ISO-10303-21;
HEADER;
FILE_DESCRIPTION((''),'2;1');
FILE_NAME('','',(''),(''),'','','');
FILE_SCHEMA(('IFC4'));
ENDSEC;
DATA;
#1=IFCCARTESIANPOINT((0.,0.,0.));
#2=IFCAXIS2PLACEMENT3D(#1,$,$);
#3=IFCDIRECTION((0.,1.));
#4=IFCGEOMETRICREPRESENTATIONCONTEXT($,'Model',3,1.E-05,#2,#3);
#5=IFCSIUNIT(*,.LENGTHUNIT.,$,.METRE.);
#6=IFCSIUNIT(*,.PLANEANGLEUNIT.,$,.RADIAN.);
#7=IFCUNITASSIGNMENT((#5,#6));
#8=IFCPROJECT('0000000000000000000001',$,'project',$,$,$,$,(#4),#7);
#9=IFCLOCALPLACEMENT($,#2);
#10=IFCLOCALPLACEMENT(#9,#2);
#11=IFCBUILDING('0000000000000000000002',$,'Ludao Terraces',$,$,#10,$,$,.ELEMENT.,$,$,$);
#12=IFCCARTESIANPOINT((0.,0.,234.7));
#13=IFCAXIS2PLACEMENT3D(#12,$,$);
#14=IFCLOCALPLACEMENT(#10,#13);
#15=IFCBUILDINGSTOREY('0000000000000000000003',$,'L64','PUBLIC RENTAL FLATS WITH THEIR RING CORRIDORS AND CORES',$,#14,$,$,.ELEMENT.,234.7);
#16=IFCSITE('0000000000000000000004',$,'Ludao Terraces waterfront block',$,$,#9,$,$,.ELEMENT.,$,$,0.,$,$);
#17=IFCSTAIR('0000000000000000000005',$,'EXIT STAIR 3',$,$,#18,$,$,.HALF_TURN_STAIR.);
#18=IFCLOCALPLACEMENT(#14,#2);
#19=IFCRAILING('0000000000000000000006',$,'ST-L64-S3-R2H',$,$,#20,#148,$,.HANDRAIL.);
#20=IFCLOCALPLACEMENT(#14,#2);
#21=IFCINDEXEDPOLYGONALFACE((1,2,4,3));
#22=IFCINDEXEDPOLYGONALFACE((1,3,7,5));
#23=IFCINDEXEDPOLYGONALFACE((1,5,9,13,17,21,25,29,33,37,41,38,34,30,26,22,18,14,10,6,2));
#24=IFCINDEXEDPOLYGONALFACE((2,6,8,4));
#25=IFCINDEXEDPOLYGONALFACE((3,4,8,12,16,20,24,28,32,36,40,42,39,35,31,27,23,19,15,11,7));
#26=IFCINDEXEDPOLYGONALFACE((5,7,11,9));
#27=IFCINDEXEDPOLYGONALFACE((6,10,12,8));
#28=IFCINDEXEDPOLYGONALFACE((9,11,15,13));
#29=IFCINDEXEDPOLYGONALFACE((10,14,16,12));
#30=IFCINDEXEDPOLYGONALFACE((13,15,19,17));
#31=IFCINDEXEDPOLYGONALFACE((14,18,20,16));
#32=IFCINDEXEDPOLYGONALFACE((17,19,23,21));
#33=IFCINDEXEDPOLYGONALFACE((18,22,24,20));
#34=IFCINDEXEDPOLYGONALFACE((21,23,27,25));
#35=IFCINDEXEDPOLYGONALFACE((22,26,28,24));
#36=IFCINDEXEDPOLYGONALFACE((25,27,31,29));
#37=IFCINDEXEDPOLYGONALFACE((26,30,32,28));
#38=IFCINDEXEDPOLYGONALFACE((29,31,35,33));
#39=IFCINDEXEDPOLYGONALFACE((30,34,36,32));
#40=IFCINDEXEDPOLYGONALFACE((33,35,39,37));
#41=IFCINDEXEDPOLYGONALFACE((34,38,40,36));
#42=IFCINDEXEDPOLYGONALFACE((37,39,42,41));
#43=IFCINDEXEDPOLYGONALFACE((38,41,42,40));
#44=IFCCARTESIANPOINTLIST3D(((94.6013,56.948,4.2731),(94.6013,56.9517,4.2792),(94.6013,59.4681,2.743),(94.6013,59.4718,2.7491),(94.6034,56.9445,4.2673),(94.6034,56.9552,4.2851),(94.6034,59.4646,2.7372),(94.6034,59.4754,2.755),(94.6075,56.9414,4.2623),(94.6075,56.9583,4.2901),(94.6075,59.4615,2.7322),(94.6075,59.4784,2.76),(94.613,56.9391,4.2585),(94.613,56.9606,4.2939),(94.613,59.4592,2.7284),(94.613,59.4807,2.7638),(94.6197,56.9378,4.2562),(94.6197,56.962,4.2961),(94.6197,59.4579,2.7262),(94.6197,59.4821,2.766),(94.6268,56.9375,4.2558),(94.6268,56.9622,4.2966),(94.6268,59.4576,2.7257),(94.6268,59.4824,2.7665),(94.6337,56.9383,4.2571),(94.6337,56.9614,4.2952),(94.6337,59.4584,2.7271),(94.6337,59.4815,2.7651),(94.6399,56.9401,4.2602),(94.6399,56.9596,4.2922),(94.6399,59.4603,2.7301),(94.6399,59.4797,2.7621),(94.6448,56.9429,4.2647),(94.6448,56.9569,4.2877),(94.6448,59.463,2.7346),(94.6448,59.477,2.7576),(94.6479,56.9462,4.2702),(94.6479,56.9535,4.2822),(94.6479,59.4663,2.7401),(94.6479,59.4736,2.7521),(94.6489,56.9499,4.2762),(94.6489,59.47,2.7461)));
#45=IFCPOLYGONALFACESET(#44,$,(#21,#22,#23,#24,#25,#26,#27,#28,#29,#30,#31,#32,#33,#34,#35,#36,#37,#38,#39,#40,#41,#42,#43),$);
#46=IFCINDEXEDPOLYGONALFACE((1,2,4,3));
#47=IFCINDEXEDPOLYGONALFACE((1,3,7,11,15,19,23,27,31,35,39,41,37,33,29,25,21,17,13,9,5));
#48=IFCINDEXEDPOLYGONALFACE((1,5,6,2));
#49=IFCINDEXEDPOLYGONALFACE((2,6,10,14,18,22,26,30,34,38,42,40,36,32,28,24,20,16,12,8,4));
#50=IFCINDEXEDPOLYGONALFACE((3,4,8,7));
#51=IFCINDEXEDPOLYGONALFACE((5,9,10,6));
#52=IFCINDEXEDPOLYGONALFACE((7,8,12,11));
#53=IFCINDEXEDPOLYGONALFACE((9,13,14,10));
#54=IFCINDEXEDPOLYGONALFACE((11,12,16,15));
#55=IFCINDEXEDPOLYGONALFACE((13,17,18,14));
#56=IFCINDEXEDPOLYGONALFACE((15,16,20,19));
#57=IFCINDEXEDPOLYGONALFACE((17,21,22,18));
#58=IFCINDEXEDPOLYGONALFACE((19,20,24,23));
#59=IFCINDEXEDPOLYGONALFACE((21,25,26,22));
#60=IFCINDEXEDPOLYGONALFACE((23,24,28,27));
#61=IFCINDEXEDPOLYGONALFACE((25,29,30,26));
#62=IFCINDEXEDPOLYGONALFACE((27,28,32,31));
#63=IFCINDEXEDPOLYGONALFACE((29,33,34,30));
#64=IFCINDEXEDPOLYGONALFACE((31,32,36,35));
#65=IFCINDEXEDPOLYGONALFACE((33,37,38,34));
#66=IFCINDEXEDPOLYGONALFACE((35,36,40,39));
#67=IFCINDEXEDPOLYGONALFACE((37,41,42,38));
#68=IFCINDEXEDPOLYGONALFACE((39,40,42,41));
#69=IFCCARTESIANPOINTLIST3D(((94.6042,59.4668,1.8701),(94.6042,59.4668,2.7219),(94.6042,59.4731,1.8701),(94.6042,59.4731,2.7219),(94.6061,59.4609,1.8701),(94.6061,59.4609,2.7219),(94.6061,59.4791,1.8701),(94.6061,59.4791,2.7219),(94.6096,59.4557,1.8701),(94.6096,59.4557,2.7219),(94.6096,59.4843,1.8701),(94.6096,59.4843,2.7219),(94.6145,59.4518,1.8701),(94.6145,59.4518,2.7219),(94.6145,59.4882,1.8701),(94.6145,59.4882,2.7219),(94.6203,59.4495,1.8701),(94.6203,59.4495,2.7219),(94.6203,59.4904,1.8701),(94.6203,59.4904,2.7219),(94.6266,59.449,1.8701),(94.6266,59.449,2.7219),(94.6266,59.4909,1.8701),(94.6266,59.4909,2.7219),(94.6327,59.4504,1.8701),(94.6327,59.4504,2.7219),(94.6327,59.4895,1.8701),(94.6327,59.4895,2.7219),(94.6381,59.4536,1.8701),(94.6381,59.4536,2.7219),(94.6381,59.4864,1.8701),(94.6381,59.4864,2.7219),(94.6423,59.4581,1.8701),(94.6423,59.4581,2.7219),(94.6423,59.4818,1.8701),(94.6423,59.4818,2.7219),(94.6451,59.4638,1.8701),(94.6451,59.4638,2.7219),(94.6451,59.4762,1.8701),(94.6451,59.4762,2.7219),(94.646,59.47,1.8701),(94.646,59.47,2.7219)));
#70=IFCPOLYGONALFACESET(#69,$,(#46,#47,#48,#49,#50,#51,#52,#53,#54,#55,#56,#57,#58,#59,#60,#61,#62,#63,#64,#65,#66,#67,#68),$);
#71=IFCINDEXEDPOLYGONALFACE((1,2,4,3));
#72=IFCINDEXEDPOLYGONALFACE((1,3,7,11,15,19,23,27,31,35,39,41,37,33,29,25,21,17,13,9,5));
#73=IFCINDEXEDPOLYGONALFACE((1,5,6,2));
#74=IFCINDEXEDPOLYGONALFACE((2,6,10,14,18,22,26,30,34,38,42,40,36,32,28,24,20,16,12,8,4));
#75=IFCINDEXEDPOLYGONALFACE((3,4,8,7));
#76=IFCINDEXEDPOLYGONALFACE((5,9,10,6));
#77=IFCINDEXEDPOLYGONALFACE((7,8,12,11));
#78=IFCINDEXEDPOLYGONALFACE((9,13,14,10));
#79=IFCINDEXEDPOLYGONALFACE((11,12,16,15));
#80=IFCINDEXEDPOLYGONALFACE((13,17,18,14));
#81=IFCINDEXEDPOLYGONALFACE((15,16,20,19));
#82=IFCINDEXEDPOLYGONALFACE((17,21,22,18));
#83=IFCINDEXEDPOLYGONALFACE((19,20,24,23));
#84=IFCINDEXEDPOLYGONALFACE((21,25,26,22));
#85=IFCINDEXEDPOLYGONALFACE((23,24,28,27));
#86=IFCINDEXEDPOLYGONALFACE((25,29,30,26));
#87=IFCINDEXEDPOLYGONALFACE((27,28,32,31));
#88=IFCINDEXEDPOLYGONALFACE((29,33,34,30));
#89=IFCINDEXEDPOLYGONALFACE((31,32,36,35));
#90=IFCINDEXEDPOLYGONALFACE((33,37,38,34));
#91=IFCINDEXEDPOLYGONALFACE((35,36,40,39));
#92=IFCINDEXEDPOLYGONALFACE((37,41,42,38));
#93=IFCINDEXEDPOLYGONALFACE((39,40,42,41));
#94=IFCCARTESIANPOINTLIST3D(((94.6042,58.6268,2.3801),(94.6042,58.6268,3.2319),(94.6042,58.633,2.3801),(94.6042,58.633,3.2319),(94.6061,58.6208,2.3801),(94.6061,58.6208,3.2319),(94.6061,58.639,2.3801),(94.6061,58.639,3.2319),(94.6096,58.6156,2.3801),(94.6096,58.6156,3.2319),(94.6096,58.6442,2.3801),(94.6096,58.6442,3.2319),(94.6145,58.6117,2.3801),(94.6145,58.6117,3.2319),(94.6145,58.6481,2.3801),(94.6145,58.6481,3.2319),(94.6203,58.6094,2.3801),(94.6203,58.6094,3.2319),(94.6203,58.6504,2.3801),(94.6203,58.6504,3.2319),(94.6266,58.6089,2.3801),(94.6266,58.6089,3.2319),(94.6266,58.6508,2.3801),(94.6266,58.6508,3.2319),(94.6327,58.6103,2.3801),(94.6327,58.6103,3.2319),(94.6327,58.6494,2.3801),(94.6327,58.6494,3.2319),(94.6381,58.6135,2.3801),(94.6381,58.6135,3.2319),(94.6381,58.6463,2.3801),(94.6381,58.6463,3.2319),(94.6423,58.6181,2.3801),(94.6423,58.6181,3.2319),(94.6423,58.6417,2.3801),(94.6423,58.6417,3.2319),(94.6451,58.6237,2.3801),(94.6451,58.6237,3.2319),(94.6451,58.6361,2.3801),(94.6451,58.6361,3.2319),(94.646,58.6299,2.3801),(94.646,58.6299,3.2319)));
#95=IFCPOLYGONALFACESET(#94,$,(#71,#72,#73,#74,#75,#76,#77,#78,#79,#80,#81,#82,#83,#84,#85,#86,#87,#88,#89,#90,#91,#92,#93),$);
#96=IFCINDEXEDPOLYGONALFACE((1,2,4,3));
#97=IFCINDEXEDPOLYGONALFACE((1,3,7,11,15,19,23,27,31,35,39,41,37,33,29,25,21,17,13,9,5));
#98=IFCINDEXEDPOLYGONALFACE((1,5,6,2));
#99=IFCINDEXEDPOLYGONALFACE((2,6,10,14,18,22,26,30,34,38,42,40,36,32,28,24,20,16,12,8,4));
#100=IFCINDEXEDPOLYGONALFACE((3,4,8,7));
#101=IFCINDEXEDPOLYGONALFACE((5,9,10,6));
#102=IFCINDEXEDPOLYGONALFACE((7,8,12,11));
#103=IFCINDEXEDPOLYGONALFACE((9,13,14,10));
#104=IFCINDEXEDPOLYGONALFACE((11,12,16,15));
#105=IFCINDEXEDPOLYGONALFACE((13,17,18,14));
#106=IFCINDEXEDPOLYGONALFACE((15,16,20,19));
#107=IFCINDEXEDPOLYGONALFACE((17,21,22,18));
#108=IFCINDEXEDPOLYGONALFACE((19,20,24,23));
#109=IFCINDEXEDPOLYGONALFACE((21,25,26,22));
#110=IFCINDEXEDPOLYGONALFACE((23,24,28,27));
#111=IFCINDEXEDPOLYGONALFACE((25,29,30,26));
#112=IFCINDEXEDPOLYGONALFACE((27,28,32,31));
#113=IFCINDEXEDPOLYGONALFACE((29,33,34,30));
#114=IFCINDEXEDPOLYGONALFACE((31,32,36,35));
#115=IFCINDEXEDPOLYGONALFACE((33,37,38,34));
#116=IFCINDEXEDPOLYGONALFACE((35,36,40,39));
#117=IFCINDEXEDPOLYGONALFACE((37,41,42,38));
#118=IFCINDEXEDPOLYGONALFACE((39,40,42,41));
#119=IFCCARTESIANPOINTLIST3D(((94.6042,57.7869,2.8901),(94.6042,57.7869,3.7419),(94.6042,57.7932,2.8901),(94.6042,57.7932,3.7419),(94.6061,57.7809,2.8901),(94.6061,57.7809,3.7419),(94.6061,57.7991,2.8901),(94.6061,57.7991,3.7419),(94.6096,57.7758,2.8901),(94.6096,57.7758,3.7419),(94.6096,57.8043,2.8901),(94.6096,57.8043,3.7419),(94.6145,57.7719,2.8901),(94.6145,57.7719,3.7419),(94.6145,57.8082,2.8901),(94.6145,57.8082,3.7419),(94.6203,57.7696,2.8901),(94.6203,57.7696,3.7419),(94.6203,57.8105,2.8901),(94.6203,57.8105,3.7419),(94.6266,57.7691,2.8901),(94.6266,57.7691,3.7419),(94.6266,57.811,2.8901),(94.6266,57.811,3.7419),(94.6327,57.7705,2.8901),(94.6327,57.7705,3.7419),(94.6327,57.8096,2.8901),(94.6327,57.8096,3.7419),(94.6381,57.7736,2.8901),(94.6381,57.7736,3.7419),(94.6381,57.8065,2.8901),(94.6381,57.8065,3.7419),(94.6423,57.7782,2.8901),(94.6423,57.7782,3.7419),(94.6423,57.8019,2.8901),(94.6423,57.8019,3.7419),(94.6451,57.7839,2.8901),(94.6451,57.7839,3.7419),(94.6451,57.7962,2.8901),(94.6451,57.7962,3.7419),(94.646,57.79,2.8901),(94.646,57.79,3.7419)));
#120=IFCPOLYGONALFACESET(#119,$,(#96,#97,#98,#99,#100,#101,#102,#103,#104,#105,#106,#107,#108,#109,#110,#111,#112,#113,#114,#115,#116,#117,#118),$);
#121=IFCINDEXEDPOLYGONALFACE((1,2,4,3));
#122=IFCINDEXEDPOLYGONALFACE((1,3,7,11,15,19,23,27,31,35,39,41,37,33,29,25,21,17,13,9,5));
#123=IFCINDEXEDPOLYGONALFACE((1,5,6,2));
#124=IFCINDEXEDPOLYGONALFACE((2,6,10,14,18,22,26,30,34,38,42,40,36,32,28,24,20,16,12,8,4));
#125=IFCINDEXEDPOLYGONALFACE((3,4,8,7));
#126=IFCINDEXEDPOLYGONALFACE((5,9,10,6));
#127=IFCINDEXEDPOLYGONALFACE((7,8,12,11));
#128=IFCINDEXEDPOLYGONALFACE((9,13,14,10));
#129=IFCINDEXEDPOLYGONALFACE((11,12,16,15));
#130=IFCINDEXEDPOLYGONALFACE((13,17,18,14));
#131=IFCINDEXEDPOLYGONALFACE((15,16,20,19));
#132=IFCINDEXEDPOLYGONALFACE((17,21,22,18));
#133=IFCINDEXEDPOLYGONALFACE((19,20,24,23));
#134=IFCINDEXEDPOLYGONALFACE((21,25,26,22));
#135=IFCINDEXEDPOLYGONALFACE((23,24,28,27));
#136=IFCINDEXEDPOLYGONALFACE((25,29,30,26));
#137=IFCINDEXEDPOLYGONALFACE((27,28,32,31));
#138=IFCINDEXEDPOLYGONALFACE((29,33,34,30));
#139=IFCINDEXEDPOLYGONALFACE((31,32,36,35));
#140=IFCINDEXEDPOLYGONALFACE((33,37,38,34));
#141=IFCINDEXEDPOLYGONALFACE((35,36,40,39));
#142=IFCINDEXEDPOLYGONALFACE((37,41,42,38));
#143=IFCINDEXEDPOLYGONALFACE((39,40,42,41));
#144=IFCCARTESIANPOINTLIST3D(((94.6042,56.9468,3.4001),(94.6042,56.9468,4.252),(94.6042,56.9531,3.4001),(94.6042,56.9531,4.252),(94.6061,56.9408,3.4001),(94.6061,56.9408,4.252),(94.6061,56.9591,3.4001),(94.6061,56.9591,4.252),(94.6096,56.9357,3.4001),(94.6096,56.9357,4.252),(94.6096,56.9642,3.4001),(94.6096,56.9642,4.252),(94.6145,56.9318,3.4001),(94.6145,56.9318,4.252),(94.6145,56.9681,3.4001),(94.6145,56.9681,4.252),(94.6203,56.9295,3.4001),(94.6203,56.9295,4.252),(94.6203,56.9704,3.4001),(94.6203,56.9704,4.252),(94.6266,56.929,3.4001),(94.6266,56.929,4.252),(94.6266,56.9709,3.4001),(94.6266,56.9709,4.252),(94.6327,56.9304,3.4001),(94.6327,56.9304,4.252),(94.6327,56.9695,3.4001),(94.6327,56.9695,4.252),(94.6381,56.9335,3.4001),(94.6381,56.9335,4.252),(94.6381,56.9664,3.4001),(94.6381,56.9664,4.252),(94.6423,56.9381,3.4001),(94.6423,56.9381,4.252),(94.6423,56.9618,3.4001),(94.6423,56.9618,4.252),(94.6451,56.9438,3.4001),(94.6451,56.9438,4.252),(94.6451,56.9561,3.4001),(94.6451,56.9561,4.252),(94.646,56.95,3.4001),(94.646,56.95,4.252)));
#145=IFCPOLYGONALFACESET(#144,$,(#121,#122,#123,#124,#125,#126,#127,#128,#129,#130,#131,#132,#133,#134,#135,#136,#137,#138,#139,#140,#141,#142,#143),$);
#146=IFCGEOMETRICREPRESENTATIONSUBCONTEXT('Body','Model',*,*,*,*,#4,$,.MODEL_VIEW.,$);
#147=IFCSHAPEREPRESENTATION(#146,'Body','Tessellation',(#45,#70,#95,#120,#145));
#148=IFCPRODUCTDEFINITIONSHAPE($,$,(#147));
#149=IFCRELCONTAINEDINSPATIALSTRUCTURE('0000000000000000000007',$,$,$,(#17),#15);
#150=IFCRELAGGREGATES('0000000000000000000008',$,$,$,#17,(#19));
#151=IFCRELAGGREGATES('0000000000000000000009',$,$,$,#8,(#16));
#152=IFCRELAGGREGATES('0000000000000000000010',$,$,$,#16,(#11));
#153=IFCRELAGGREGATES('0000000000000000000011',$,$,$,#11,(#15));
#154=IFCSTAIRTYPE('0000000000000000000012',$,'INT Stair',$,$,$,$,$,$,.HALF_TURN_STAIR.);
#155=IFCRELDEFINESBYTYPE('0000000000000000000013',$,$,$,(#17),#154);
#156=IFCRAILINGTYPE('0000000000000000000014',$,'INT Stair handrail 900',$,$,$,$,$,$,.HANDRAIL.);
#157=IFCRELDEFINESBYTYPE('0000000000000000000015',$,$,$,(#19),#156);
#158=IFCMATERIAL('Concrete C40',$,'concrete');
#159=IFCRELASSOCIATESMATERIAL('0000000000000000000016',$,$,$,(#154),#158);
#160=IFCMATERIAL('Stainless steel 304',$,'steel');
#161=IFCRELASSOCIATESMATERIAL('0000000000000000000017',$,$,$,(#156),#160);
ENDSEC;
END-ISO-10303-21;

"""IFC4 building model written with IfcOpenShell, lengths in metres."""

from ifc_helpers import new_model, si_unit, direction, frame, origin, origin_2d, place, context, subcontext, project, spatial, circle, extrude, material, type_object, element, aggregate, save


model = new_model("IFC4")

# Units and contexts
model_context = context("Model", 3, precision=1e-05, world=origin(), true_north=direction((0.0, 1.0)))
body_context = subcontext(model_context, "Body", "Model", "MODEL_VIEW")
ifc_project = project(units=[si_unit("LENGTHUNIT", "METRE"), si_unit("PLANEANGLEUNIT", "RADIAN")], contexts=[model_context])

# Site, building, storey
site_placement = place(None, origin())
site = spatial("IfcSite", under=ifc_project, at=site_placement, Name="Ludao Terraces waterfront block", CompositionType="ELEMENT", RefElevation=0.0)
building_placement = place(site_placement, origin())
building = spatial("IfcBuilding", under=site, at=building_placement, Name="Ludao Terraces", CompositionType="ELEMENT")
storey_placement = place(building_placement, frame((0.0, 0.0, 234.7)))
storey = spatial("IfcBuildingStorey", under=building, at=storey_placement, Name="L64", Description="PUBLIC RENTAL FLATS WITH THEIR RING CORRIDORS AND CORES", CompositionType="ELEMENT", Elevation=234.7)

# Shared definitions
ifc_material_1 = material(Name="Concrete C40", Category="concrete")

# Stair, railing
stair_type = type_object("IfcStairType", Name="INT Stair", PredefinedType="HALF_TURN_STAIR", material=ifc_material_1)
stair_placement = place(storey_placement, origin())
stair = element("IfcStair", 1, at=stair_placement, inside=storey, type_object=stair_type, Name="EXIT STAIR 3", PredefinedType="HALF_TURN_STAIR")
ifc_material_2 = material(Name="Stainless steel 304", Category="steel")
railing_type_1 = type_object("IfcRailingType", Name="INT Stair handrail 900", PredefinedType="HANDRAIL", material=ifc_material_2)
railing_1_placement = place(storey_placement, frame((94.625, 59.47, 1.8701)))
railing_1 = element("IfcRailing", 2, at=railing_1_placement, type_object=railing_type_1, Name="ST-L64-S3-R2H", PredefinedType="HANDRAIL", context=body_context, shape_type="SweptSolid", body=[
    extrude(circle(Radius=0.0239, at=origin_2d()), frame((0.0, 0.0, 0.876), z_axis=(0.0, -0.854785, 0.518982), x_axis=(1.0, 0.0, 0.0)), (0.0, 0.0, 1.0), 2.9482),
    extrude(circle(Radius=0.021, at=origin_2d()), origin(), (0.0, 0.0, 1.0), 0.8518),
    extrude(circle(Radius=0.021, at=origin_2d()), frame((0.0, -0.8401, 0.51)), (0.0, 0.0, 1.0), 0.8518),
    extrude(circle(Radius=0.021, at=origin_2d()), frame((0.0, -1.6799, 1.02)), (0.0, 0.0, 1.0), 0.8518),
    extrude(circle(Radius=0.021, at=origin_2d()), frame((0.0, -2.52, 1.53)), (0.0, 0.0, 1.0), 0.8518),
])
aggregate(stair, [railing_1])

save(model, "model.ifc")
